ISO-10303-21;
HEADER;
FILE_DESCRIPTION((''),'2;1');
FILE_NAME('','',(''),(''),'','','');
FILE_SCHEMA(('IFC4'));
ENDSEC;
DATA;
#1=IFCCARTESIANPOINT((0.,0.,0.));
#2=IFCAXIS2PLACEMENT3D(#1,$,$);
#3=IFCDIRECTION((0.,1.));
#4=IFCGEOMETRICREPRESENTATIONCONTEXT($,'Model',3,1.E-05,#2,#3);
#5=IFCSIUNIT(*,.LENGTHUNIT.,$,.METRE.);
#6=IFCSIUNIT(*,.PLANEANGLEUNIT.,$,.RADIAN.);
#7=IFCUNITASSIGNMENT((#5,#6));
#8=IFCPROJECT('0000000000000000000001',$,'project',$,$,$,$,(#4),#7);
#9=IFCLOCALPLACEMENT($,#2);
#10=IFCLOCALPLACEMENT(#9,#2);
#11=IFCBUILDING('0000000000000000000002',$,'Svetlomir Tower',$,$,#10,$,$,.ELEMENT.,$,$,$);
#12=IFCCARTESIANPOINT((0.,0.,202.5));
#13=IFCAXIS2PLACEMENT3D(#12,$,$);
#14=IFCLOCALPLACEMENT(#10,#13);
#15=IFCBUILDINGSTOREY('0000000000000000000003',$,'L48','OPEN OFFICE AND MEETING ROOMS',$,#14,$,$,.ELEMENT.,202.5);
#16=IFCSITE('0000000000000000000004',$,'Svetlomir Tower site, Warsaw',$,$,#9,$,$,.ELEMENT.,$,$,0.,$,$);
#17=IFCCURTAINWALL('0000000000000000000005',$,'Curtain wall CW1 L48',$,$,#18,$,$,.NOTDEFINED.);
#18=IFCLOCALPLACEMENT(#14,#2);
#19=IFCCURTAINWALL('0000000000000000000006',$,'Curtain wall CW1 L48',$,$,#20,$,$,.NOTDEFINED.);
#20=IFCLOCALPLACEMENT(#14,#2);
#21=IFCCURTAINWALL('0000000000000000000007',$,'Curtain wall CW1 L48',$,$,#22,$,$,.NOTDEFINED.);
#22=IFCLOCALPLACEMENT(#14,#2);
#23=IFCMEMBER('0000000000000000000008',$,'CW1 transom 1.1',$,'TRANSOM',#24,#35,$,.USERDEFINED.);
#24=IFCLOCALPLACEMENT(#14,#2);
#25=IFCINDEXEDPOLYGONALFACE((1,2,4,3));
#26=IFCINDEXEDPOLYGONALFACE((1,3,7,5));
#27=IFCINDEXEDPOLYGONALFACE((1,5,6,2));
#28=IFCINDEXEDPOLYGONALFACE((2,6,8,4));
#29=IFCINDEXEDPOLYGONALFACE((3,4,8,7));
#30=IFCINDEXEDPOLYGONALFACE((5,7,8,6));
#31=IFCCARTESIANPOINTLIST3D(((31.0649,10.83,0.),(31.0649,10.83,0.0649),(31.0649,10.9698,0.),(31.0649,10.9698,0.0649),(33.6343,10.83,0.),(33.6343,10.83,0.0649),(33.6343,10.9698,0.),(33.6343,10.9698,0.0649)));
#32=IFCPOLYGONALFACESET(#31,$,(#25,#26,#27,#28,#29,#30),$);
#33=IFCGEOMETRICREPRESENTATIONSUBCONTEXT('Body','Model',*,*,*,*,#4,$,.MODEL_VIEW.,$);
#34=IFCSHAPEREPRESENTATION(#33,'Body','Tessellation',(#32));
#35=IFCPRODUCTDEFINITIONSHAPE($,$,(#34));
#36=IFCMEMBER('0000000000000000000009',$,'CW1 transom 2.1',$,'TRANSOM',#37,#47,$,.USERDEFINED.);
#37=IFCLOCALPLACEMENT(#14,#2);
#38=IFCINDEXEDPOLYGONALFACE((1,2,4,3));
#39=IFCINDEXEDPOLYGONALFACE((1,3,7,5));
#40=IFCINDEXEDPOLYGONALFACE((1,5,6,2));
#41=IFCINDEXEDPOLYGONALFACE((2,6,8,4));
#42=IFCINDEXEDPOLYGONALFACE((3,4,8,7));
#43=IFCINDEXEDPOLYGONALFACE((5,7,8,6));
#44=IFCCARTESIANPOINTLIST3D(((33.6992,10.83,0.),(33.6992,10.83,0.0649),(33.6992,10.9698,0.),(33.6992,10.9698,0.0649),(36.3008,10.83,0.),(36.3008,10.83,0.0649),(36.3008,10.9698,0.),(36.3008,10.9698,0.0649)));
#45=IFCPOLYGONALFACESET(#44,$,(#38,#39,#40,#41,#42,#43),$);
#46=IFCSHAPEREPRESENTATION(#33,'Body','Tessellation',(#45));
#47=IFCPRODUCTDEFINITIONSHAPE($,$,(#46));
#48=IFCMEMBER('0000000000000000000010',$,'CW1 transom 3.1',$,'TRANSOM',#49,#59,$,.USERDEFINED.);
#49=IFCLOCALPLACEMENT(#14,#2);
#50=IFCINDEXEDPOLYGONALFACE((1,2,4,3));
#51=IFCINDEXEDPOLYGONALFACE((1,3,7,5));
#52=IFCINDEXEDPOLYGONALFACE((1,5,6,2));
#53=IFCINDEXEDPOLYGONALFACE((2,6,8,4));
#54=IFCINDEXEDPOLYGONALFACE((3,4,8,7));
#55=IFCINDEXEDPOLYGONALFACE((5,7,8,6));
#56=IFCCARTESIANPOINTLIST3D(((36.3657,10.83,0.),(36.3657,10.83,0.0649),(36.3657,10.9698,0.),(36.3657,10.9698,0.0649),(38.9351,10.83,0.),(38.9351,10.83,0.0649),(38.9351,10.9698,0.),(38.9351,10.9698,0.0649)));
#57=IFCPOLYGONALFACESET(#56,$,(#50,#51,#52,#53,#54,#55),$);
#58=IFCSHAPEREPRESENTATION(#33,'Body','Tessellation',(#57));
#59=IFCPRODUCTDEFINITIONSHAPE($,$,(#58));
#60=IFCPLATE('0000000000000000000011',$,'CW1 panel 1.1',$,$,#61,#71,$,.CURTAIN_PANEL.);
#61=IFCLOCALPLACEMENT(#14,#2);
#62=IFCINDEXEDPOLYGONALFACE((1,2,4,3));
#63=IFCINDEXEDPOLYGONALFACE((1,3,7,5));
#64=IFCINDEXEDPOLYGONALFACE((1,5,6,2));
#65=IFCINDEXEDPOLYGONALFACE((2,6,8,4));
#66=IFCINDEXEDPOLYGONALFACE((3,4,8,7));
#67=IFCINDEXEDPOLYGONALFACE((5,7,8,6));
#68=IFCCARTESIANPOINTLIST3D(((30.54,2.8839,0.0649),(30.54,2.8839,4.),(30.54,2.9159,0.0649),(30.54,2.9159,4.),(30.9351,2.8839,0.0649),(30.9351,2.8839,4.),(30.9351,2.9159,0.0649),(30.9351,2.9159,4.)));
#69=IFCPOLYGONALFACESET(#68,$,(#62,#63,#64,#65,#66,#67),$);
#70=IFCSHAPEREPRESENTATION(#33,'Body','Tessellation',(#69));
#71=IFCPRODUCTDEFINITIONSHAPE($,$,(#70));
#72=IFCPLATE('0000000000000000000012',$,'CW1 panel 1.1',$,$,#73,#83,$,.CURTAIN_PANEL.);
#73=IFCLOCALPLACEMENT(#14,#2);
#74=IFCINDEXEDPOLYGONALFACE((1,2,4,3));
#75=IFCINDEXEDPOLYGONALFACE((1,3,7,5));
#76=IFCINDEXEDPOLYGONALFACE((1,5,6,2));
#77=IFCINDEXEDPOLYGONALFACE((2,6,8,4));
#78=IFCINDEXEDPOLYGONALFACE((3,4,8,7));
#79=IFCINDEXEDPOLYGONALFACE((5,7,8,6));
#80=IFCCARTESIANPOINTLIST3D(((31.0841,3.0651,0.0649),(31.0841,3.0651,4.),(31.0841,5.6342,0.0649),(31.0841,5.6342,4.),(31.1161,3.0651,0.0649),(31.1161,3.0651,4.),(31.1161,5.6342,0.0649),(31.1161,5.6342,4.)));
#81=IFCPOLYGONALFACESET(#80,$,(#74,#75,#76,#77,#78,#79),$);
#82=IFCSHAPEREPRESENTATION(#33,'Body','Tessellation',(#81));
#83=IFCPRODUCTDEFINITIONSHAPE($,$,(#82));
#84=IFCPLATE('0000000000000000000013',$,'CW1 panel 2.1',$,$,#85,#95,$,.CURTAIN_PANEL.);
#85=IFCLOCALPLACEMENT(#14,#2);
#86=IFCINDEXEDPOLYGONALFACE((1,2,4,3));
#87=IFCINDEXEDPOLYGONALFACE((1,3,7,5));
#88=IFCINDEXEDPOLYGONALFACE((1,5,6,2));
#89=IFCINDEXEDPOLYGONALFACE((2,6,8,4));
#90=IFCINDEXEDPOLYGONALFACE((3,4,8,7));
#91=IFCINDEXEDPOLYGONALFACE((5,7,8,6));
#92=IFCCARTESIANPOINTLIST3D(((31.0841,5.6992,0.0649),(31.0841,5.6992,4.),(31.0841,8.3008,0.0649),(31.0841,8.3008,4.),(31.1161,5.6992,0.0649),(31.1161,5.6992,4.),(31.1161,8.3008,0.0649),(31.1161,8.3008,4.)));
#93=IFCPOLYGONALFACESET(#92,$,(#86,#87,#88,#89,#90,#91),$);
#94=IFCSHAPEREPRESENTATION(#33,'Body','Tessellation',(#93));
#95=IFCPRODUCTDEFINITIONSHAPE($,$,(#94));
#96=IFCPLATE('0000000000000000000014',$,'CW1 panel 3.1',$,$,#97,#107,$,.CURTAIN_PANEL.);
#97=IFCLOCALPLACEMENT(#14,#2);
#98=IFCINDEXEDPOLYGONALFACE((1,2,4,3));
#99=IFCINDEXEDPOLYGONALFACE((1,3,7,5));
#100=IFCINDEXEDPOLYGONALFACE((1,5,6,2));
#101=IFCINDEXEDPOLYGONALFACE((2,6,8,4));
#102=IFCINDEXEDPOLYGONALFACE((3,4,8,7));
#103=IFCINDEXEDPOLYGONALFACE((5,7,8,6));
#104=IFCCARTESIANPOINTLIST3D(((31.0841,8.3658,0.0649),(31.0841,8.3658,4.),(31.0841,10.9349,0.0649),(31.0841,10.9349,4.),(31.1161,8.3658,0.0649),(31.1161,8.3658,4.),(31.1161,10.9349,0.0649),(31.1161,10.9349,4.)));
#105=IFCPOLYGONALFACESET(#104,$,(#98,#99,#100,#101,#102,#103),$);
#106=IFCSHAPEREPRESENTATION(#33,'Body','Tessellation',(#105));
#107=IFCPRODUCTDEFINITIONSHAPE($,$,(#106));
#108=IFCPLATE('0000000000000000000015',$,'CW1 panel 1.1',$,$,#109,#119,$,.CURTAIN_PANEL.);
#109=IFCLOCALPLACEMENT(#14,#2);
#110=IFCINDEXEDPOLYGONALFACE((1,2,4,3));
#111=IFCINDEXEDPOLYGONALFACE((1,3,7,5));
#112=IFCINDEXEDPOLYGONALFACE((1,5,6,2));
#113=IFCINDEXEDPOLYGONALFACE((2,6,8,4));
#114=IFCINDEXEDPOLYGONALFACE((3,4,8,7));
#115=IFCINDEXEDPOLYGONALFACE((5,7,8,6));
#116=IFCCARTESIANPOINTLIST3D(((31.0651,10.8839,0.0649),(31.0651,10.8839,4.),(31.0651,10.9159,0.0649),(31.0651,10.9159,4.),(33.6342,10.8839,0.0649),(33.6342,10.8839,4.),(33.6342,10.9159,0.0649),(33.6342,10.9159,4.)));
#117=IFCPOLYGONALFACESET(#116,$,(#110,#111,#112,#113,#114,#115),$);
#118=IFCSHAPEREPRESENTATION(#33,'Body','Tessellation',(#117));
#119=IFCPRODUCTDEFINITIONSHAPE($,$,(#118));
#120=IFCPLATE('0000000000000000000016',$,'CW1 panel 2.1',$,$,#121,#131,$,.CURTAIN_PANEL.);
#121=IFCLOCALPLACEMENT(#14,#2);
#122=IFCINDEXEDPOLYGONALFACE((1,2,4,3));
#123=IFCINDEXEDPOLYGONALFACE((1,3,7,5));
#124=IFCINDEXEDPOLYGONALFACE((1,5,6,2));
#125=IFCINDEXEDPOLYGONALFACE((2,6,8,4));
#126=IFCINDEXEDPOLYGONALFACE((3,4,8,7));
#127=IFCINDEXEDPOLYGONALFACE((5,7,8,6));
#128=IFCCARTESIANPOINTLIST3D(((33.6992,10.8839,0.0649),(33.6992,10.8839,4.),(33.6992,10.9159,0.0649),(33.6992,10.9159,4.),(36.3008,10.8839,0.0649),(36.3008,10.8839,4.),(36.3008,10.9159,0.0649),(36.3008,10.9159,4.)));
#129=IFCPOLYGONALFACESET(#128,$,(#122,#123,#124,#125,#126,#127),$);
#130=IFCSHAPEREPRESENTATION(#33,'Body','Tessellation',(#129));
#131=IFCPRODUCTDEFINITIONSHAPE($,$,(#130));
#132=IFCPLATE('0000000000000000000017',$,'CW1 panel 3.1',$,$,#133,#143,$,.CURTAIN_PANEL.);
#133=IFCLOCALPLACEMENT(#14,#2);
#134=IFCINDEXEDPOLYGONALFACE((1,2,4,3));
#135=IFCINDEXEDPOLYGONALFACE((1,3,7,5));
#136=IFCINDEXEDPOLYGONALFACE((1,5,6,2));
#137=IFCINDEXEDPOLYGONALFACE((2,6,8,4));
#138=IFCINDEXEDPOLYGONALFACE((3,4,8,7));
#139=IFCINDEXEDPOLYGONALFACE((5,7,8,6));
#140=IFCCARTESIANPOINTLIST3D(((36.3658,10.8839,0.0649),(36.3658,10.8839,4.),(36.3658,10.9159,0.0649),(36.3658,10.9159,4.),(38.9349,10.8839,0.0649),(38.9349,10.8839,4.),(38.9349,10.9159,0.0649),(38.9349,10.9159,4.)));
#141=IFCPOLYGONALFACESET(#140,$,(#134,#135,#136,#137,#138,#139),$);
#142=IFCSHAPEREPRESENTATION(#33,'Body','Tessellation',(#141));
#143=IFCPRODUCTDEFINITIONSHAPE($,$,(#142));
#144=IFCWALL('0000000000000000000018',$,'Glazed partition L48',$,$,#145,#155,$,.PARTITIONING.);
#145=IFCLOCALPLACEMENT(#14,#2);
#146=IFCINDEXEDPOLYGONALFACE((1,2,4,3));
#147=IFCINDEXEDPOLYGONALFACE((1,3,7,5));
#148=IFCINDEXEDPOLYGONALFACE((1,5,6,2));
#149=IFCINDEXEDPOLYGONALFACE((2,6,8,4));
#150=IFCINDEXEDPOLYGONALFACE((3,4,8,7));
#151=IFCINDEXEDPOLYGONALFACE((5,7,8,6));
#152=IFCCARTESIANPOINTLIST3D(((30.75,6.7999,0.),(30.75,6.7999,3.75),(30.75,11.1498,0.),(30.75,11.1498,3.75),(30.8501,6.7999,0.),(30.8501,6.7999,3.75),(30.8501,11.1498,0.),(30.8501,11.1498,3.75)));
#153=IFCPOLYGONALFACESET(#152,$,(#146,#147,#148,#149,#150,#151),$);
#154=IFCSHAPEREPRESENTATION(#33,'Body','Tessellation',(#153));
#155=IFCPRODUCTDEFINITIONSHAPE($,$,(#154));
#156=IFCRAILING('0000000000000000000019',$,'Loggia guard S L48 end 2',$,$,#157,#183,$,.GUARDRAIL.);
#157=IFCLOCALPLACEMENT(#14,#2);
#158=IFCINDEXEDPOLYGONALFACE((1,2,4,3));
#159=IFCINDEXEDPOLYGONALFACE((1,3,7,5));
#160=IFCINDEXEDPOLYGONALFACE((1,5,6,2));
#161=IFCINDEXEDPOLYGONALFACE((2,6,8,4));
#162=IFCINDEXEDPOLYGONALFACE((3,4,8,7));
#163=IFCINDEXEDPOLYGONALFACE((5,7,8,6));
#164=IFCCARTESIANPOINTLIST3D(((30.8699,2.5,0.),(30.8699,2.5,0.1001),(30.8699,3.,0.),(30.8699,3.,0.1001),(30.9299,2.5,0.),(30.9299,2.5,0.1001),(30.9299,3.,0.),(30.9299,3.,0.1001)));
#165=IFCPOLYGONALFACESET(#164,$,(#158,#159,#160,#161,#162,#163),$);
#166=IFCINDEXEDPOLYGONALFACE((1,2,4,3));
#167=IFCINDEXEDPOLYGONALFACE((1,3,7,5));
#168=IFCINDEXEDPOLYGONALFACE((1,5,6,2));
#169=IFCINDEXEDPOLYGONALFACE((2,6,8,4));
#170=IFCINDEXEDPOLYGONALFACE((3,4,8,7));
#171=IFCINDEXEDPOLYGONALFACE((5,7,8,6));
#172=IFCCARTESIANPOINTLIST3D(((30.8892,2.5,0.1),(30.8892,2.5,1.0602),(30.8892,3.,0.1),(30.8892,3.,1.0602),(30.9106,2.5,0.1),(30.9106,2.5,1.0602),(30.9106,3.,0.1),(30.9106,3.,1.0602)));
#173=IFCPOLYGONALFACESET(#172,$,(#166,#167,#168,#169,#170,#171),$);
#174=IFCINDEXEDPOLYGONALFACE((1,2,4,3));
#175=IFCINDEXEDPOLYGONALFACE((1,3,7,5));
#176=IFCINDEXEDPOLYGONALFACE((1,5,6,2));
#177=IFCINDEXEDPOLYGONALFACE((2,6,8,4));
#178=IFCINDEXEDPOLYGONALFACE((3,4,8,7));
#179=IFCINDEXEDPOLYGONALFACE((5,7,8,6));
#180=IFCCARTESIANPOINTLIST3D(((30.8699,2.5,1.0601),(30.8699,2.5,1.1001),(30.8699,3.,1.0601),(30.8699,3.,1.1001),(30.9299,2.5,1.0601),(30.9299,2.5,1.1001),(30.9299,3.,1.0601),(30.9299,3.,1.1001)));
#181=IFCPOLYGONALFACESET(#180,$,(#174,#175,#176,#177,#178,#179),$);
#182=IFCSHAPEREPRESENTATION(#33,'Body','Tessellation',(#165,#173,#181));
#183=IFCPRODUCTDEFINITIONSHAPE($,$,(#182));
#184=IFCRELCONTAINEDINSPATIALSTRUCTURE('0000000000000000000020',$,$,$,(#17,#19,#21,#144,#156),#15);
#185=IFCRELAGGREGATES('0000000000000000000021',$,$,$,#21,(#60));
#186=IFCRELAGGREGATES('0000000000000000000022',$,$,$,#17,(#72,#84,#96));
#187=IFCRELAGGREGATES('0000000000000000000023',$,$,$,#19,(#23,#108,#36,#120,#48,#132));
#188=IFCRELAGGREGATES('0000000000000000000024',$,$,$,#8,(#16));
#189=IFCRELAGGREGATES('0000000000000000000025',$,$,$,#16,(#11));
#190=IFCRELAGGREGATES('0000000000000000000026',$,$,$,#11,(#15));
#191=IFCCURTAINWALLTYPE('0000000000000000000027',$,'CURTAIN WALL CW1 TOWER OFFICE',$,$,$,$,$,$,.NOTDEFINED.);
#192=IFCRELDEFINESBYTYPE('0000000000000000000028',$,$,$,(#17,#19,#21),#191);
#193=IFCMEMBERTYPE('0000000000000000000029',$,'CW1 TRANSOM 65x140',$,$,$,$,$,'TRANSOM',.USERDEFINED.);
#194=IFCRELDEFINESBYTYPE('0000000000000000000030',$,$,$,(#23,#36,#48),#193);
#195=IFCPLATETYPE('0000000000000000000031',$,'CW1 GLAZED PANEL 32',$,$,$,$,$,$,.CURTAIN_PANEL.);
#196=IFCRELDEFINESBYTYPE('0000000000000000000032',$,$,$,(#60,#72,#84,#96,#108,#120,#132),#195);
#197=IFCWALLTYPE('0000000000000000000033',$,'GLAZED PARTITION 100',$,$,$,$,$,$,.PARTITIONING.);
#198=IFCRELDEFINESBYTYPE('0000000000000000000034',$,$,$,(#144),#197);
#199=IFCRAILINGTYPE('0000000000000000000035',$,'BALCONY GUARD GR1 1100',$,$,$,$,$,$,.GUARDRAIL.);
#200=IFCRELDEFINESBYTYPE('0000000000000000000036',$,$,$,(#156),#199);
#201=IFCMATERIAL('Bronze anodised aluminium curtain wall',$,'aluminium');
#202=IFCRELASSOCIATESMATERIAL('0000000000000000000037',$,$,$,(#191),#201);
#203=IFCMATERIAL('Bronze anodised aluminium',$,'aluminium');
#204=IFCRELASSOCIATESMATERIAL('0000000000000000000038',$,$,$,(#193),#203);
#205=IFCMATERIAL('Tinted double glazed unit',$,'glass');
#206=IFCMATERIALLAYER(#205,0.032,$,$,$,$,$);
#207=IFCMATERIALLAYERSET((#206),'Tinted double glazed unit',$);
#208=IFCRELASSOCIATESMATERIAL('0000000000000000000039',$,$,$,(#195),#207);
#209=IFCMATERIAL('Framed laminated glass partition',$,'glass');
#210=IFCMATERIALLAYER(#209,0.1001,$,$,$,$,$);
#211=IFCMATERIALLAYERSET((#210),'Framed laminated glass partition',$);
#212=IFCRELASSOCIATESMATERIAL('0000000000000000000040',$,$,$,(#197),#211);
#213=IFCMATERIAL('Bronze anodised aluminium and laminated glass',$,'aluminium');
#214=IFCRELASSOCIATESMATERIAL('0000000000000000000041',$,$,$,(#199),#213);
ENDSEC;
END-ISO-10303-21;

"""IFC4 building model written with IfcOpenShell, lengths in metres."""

from ifc_helpers import new_model, si_unit, direction, frame, frame_2d, origin, origin_2d, place, context, subcontext, project, spatial, rectangle, extrude, material, layer, layer_set, material_profile, profile_set, type_object, element, aggregate, save


model = new_model("IFC4")

# Units and contexts
model_context = context("Model", 3, precision=1e-05, world=origin(), true_north=direction((0.0, 1.0)))
body_context = subcontext(model_context, "Body", "Model", "MODEL_VIEW")
ifc_project = project(units=[si_unit("LENGTHUNIT", "METRE"), si_unit("PLANEANGLEUNIT", "RADIAN")], contexts=[model_context])

# Site, building, storey
site_placement = place(None, origin())
site = spatial("IfcSite", under=ifc_project, at=site_placement, Name="Svetlomir Tower site, Warsaw", CompositionType="ELEMENT", RefElevation=0.0)
building_placement = place(site_placement, origin())
building = spatial("IfcBuilding", under=site, at=building_placement, Name="Svetlomir Tower", CompositionType="ELEMENT")
storey_placement = place(building_placement, frame((0.0, 0.0, 202.5)))
storey = spatial("IfcBuildingStorey", under=building, at=storey_placement, Name="L48", Description="OPEN OFFICE AND MEETING ROOMS", CompositionType="ELEMENT", Elevation=202.5)

# Curtain walls
ifc_material_1 = material(Name="Bronze anodised aluminium curtain wall", Category="aluminium")
curtain_wall_type = type_object("IfcCurtainWallType", Name="CURTAIN WALL CW1 TOWER OFFICE", PredefinedType="NOTDEFINED", material=ifc_material_1)
curtain_wall_1_placement = place(storey_placement, origin())
curtain_wall_1 = element("IfcCurtainWall", 1, at=curtain_wall_1_placement, inside=storey, type_object=curtain_wall_type, Name="Curtain wall CW1 L48", PredefinedType="NOTDEFINED")
curtain_wall_2_placement = place(storey_placement, origin())
curtain_wall_2 = element("IfcCurtainWall", 2, at=curtain_wall_2_placement, inside=storey, type_object=curtain_wall_type, Name="Curtain wall CW1 L48", PredefinedType="NOTDEFINED")

# Curtain wall
curtain_wall_3_placement = place(storey_placement, origin())
curtain_wall_3 = element("IfcCurtainWall", 3, at=curtain_wall_3_placement, inside=storey, type_object=curtain_wall_type, Name="Curtain wall CW1 L48", PredefinedType="NOTDEFINED")

# Members
ifc_material_2 = material(Name="Bronze anodised aluminium", Category="aluminium")
ifc_material_profile_1 = material_profile(ifc_material_2, rectangle(XDim=0.1399, YDim=0.0649, at=origin_2d()), Name="AL 140x65")
ifc_profile_set_1 = profile_set([ifc_material_profile_1], Name="Bronze anodised aluminium 6063-T6")
member_type_1 = type_object("IfcMemberType", Name="CW1 TRANSOM 65x140", ElementType="TRANSOM", PredefinedType="USERDEFINED", material=ifc_profile_set_1)
member_1_placement = place(storey_placement, frame((31.0649, 10.8999, 0.0325), z_axis=(1.0, 0.0, 0.0), x_axis=(0.0, 1.0, 0.0)))
member_1 = element("IfcMember", 4, at=member_1_placement, type_object=member_type_1, Name="CW1 transom 1.1", ObjectType="TRANSOM", PredefinedType="USERDEFINED", context=body_context, shape_type="SweptSolid", body=[
    extrude(rectangle(XDim=0.1399, YDim=0.0649, at=origin_2d()), origin(), (0.0, 0.0, 1.0), 2.5693),
])
member_2_placement = place(storey_placement, frame((33.6992, 10.8999, 0.0325), z_axis=(1.0, 0.0, 0.0), x_axis=(0.0, 1.0, 0.0)))
member_2 = element("IfcMember", 5, at=member_2_placement, type_object=member_type_1, Name="CW1 transom 2.1", ObjectType="TRANSOM", PredefinedType="USERDEFINED", context=body_context, shape_type="SweptSolid", body=[
    extrude(rectangle(XDim=0.1399, YDim=0.0649, at=origin_2d()), origin(), (0.0, 0.0, 1.0), 2.6016),
])
member_3_placement = place(storey_placement, frame((36.3657, 10.8999, 0.0325), z_axis=(1.0, 0.0, 0.0), x_axis=(0.0, 1.0, 0.0)))
member_3 = element("IfcMember", 6, at=member_3_placement, type_object=member_type_1, Name="CW1 transom 3.1", ObjectType="TRANSOM", PredefinedType="USERDEFINED", context=body_context, shape_type="SweptSolid", body=[
    extrude(rectangle(XDim=0.1399, YDim=0.0649, at=origin_2d()), origin(), (0.0, 0.0, 1.0), 2.5693),
])

# Plates
ifc_material_3 = material(Name="Tinted double glazed unit", Category="glass")
ifc_layer_1 = layer(ifc_material_3, 0.032)
ifc_layer_set_1 = layer_set([ifc_layer_1], Name="Tinted double glazed unit")
plate_type = type_object("IfcPlateType", Name="CW1 GLAZED PANEL 32", PredefinedType="CURTAIN_PANEL", material=ifc_layer_set_1)
plate_1_placement = place(storey_placement, frame((30.7375, 2.8999, 0.0649), z_axis=(0.0, 0.0, 1.0), x_axis=(1.0, 0.0, 0.0)))
plate_1 = element("IfcPlate", 7, at=plate_1_placement, type_object=plate_type, Name="CW1 panel 1.1", PredefinedType="CURTAIN_PANEL", context=body_context, shape_type="SweptSolid", body=[
    extrude(rectangle(XDim=0.395, YDim=0.032, at=origin_2d()), origin(), (0.0, 0.0, 1.0), 3.9351),
])
aggregate(curtain_wall_3, [plate_1])
plate_2_placement = place(storey_placement, frame((31.1001, 4.3496, 0.0649), z_axis=(0.0, 0.0, 1.0), x_axis=(0.0, 1.0, 0.0)))
plate_2 = element("IfcPlate", 8, at=plate_2_placement, type_object=plate_type, Name="CW1 panel 1.1", PredefinedType="CURTAIN_PANEL", context=body_context, shape_type="SweptSolid", body=[
    extrude(rectangle(XDim=2.5691, YDim=0.032, at=origin_2d()), origin(), (0.0, 0.0, 1.0), 3.9351),
])
plate_3_placement = place(storey_placement, frame((31.1001, 7.0, 0.0649), z_axis=(0.0, 0.0, 1.0), x_axis=(0.0, 1.0, 0.0)))
plate_3 = element("IfcPlate", 9, at=plate_3_placement, type_object=plate_type, Name="CW1 panel 2.1", PredefinedType="CURTAIN_PANEL", context=body_context, shape_type="SweptSolid", body=[
    extrude(rectangle(XDim=2.6016, YDim=0.032, at=origin_2d()), origin(), (0.0, 0.0, 1.0), 3.9351),
])
plate_4_placement = place(storey_placement, frame((31.1001, 9.6504, 0.0649), z_axis=(0.0, 0.0, 1.0), x_axis=(0.0, 1.0, 0.0)))
plate_4 = element("IfcPlate", 10, at=plate_4_placement, type_object=plate_type, Name="CW1 panel 3.1", PredefinedType="CURTAIN_PANEL", context=body_context, shape_type="SweptSolid", body=[
    extrude(rectangle(XDim=2.5691, YDim=0.032, at=origin_2d()), origin(), (0.0, 0.0, 1.0), 3.9351),
])
aggregate(curtain_wall_1, [plate_2, plate_3, plate_4])
plate_5_placement = place(storey_placement, frame((32.3496, 10.8999, 0.0649), z_axis=(0.0, 0.0, 1.0), x_axis=(1.0, 0.0, 0.0)))
plate_5 = element("IfcPlate", 11, at=plate_5_placement, type_object=plate_type, Name="CW1 panel 1.1", PredefinedType="CURTAIN_PANEL", context=body_context, shape_type="SweptSolid", body=[
    extrude(rectangle(XDim=2.5691, YDim=0.032, at=origin_2d()), origin(), (0.0, 0.0, 1.0), 3.9351),
])
plate_6_placement = place(storey_placement, frame((35.0, 10.8999, 0.0649), z_axis=(0.0, 0.0, 1.0), x_axis=(1.0, 0.0, 0.0)))
plate_6 = element("IfcPlate", 12, at=plate_6_placement, type_object=plate_type, Name="CW1 panel 2.1", PredefinedType="CURTAIN_PANEL", context=body_context, shape_type="SweptSolid", body=[
    extrude(rectangle(XDim=2.6016, YDim=0.032, at=origin_2d()), origin(), (0.0, 0.0, 1.0), 3.9351),
])
plate_7_placement = place(storey_placement, frame((37.6504, 10.8999, 0.0649), z_axis=(0.0, 0.0, 1.0), x_axis=(1.0, 0.0, 0.0)))
plate_7 = element("IfcPlate", 13, at=plate_7_placement, type_object=plate_type, Name="CW1 panel 3.1", PredefinedType="CURTAIN_PANEL", context=body_context, shape_type="SweptSolid", body=[
    extrude(rectangle(XDim=2.5691, YDim=0.032, at=origin_2d()), origin(), (0.0, 0.0, 1.0), 3.9351),
])
aggregate(curtain_wall_2, [member_1, plate_5, member_2, plate_6, member_3, plate_7])

# Wall
ifc_material_4 = material(Name="Framed laminated glass partition", Category="glass")
ifc_layer_2 = layer(ifc_material_4, 0.1001)
ifc_layer_set_2 = layer_set([ifc_layer_2], Name="Framed laminated glass partition")
wall_type = type_object("IfcWallType", Name="GLAZED PARTITION 100", PredefinedType="PARTITIONING", material=ifc_layer_set_2)
wall_placement = place(storey_placement, frame((30.8, 6.8, 0.0), z_axis=(0.0, 0.0, 1.0), x_axis=(0.0, 1.0, 0.0)))
element("IfcWall", 14, at=wall_placement, inside=storey, type_object=wall_type, Name="Glazed partition L48", PredefinedType="PARTITIONING", context=body_context, shape_type="SweptSolid", body=[
    extrude(rectangle(XDim=4.3499, YDim=0.1001, at=frame_2d((2.1748, 0.0))), origin(), (0.0, 0.0, 1.0), 3.75),
])

# Railing
ifc_material_5 = material(Name="Bronze anodised aluminium and laminated glass", Category="aluminium")
railing_type = type_object("IfcRailingType", Name="BALCONY GUARD GR1 1100", PredefinedType="GUARDRAIL", material=ifc_material_5)
railing_placement = place(storey_placement, frame((30.8999, 2.5, 0.0)))
element("IfcRailing", 15, at=railing_placement, inside=storey, type_object=railing_type, Name="Loggia guard S L48 end 2", PredefinedType="GUARDRAIL", context=body_context, shape_type="SweptSolid", body=[
    extrude(rectangle(XDim=0.0601, YDim=0.1001, at=origin_2d()), frame((0.0, 0.0, 0.05), z_axis=(0.0, 1.0, 0.0), x_axis=(-1.0, 0.0, 0.0)), (0.0, 0.0, 1.0), 0.5),
    extrude(rectangle(XDim=0.0215, YDim=0.9602, at=origin_2d()), frame((0.0, 0.0, 0.5801), z_axis=(0.0, 1.0, 0.0), x_axis=(-1.0, 0.0, 0.0)), (0.0, 0.0, 1.0), 0.5),
    extrude(rectangle(XDim=0.0601, YDim=0.04, at=origin_2d()), frame((0.0, 0.0, 1.0801), z_axis=(0.0, 1.0, 0.0), x_axis=(-1.0, 0.0, 0.0)), (0.0, 0.0, 1.0), 0.5),
])

save(model, "model.ifc")
